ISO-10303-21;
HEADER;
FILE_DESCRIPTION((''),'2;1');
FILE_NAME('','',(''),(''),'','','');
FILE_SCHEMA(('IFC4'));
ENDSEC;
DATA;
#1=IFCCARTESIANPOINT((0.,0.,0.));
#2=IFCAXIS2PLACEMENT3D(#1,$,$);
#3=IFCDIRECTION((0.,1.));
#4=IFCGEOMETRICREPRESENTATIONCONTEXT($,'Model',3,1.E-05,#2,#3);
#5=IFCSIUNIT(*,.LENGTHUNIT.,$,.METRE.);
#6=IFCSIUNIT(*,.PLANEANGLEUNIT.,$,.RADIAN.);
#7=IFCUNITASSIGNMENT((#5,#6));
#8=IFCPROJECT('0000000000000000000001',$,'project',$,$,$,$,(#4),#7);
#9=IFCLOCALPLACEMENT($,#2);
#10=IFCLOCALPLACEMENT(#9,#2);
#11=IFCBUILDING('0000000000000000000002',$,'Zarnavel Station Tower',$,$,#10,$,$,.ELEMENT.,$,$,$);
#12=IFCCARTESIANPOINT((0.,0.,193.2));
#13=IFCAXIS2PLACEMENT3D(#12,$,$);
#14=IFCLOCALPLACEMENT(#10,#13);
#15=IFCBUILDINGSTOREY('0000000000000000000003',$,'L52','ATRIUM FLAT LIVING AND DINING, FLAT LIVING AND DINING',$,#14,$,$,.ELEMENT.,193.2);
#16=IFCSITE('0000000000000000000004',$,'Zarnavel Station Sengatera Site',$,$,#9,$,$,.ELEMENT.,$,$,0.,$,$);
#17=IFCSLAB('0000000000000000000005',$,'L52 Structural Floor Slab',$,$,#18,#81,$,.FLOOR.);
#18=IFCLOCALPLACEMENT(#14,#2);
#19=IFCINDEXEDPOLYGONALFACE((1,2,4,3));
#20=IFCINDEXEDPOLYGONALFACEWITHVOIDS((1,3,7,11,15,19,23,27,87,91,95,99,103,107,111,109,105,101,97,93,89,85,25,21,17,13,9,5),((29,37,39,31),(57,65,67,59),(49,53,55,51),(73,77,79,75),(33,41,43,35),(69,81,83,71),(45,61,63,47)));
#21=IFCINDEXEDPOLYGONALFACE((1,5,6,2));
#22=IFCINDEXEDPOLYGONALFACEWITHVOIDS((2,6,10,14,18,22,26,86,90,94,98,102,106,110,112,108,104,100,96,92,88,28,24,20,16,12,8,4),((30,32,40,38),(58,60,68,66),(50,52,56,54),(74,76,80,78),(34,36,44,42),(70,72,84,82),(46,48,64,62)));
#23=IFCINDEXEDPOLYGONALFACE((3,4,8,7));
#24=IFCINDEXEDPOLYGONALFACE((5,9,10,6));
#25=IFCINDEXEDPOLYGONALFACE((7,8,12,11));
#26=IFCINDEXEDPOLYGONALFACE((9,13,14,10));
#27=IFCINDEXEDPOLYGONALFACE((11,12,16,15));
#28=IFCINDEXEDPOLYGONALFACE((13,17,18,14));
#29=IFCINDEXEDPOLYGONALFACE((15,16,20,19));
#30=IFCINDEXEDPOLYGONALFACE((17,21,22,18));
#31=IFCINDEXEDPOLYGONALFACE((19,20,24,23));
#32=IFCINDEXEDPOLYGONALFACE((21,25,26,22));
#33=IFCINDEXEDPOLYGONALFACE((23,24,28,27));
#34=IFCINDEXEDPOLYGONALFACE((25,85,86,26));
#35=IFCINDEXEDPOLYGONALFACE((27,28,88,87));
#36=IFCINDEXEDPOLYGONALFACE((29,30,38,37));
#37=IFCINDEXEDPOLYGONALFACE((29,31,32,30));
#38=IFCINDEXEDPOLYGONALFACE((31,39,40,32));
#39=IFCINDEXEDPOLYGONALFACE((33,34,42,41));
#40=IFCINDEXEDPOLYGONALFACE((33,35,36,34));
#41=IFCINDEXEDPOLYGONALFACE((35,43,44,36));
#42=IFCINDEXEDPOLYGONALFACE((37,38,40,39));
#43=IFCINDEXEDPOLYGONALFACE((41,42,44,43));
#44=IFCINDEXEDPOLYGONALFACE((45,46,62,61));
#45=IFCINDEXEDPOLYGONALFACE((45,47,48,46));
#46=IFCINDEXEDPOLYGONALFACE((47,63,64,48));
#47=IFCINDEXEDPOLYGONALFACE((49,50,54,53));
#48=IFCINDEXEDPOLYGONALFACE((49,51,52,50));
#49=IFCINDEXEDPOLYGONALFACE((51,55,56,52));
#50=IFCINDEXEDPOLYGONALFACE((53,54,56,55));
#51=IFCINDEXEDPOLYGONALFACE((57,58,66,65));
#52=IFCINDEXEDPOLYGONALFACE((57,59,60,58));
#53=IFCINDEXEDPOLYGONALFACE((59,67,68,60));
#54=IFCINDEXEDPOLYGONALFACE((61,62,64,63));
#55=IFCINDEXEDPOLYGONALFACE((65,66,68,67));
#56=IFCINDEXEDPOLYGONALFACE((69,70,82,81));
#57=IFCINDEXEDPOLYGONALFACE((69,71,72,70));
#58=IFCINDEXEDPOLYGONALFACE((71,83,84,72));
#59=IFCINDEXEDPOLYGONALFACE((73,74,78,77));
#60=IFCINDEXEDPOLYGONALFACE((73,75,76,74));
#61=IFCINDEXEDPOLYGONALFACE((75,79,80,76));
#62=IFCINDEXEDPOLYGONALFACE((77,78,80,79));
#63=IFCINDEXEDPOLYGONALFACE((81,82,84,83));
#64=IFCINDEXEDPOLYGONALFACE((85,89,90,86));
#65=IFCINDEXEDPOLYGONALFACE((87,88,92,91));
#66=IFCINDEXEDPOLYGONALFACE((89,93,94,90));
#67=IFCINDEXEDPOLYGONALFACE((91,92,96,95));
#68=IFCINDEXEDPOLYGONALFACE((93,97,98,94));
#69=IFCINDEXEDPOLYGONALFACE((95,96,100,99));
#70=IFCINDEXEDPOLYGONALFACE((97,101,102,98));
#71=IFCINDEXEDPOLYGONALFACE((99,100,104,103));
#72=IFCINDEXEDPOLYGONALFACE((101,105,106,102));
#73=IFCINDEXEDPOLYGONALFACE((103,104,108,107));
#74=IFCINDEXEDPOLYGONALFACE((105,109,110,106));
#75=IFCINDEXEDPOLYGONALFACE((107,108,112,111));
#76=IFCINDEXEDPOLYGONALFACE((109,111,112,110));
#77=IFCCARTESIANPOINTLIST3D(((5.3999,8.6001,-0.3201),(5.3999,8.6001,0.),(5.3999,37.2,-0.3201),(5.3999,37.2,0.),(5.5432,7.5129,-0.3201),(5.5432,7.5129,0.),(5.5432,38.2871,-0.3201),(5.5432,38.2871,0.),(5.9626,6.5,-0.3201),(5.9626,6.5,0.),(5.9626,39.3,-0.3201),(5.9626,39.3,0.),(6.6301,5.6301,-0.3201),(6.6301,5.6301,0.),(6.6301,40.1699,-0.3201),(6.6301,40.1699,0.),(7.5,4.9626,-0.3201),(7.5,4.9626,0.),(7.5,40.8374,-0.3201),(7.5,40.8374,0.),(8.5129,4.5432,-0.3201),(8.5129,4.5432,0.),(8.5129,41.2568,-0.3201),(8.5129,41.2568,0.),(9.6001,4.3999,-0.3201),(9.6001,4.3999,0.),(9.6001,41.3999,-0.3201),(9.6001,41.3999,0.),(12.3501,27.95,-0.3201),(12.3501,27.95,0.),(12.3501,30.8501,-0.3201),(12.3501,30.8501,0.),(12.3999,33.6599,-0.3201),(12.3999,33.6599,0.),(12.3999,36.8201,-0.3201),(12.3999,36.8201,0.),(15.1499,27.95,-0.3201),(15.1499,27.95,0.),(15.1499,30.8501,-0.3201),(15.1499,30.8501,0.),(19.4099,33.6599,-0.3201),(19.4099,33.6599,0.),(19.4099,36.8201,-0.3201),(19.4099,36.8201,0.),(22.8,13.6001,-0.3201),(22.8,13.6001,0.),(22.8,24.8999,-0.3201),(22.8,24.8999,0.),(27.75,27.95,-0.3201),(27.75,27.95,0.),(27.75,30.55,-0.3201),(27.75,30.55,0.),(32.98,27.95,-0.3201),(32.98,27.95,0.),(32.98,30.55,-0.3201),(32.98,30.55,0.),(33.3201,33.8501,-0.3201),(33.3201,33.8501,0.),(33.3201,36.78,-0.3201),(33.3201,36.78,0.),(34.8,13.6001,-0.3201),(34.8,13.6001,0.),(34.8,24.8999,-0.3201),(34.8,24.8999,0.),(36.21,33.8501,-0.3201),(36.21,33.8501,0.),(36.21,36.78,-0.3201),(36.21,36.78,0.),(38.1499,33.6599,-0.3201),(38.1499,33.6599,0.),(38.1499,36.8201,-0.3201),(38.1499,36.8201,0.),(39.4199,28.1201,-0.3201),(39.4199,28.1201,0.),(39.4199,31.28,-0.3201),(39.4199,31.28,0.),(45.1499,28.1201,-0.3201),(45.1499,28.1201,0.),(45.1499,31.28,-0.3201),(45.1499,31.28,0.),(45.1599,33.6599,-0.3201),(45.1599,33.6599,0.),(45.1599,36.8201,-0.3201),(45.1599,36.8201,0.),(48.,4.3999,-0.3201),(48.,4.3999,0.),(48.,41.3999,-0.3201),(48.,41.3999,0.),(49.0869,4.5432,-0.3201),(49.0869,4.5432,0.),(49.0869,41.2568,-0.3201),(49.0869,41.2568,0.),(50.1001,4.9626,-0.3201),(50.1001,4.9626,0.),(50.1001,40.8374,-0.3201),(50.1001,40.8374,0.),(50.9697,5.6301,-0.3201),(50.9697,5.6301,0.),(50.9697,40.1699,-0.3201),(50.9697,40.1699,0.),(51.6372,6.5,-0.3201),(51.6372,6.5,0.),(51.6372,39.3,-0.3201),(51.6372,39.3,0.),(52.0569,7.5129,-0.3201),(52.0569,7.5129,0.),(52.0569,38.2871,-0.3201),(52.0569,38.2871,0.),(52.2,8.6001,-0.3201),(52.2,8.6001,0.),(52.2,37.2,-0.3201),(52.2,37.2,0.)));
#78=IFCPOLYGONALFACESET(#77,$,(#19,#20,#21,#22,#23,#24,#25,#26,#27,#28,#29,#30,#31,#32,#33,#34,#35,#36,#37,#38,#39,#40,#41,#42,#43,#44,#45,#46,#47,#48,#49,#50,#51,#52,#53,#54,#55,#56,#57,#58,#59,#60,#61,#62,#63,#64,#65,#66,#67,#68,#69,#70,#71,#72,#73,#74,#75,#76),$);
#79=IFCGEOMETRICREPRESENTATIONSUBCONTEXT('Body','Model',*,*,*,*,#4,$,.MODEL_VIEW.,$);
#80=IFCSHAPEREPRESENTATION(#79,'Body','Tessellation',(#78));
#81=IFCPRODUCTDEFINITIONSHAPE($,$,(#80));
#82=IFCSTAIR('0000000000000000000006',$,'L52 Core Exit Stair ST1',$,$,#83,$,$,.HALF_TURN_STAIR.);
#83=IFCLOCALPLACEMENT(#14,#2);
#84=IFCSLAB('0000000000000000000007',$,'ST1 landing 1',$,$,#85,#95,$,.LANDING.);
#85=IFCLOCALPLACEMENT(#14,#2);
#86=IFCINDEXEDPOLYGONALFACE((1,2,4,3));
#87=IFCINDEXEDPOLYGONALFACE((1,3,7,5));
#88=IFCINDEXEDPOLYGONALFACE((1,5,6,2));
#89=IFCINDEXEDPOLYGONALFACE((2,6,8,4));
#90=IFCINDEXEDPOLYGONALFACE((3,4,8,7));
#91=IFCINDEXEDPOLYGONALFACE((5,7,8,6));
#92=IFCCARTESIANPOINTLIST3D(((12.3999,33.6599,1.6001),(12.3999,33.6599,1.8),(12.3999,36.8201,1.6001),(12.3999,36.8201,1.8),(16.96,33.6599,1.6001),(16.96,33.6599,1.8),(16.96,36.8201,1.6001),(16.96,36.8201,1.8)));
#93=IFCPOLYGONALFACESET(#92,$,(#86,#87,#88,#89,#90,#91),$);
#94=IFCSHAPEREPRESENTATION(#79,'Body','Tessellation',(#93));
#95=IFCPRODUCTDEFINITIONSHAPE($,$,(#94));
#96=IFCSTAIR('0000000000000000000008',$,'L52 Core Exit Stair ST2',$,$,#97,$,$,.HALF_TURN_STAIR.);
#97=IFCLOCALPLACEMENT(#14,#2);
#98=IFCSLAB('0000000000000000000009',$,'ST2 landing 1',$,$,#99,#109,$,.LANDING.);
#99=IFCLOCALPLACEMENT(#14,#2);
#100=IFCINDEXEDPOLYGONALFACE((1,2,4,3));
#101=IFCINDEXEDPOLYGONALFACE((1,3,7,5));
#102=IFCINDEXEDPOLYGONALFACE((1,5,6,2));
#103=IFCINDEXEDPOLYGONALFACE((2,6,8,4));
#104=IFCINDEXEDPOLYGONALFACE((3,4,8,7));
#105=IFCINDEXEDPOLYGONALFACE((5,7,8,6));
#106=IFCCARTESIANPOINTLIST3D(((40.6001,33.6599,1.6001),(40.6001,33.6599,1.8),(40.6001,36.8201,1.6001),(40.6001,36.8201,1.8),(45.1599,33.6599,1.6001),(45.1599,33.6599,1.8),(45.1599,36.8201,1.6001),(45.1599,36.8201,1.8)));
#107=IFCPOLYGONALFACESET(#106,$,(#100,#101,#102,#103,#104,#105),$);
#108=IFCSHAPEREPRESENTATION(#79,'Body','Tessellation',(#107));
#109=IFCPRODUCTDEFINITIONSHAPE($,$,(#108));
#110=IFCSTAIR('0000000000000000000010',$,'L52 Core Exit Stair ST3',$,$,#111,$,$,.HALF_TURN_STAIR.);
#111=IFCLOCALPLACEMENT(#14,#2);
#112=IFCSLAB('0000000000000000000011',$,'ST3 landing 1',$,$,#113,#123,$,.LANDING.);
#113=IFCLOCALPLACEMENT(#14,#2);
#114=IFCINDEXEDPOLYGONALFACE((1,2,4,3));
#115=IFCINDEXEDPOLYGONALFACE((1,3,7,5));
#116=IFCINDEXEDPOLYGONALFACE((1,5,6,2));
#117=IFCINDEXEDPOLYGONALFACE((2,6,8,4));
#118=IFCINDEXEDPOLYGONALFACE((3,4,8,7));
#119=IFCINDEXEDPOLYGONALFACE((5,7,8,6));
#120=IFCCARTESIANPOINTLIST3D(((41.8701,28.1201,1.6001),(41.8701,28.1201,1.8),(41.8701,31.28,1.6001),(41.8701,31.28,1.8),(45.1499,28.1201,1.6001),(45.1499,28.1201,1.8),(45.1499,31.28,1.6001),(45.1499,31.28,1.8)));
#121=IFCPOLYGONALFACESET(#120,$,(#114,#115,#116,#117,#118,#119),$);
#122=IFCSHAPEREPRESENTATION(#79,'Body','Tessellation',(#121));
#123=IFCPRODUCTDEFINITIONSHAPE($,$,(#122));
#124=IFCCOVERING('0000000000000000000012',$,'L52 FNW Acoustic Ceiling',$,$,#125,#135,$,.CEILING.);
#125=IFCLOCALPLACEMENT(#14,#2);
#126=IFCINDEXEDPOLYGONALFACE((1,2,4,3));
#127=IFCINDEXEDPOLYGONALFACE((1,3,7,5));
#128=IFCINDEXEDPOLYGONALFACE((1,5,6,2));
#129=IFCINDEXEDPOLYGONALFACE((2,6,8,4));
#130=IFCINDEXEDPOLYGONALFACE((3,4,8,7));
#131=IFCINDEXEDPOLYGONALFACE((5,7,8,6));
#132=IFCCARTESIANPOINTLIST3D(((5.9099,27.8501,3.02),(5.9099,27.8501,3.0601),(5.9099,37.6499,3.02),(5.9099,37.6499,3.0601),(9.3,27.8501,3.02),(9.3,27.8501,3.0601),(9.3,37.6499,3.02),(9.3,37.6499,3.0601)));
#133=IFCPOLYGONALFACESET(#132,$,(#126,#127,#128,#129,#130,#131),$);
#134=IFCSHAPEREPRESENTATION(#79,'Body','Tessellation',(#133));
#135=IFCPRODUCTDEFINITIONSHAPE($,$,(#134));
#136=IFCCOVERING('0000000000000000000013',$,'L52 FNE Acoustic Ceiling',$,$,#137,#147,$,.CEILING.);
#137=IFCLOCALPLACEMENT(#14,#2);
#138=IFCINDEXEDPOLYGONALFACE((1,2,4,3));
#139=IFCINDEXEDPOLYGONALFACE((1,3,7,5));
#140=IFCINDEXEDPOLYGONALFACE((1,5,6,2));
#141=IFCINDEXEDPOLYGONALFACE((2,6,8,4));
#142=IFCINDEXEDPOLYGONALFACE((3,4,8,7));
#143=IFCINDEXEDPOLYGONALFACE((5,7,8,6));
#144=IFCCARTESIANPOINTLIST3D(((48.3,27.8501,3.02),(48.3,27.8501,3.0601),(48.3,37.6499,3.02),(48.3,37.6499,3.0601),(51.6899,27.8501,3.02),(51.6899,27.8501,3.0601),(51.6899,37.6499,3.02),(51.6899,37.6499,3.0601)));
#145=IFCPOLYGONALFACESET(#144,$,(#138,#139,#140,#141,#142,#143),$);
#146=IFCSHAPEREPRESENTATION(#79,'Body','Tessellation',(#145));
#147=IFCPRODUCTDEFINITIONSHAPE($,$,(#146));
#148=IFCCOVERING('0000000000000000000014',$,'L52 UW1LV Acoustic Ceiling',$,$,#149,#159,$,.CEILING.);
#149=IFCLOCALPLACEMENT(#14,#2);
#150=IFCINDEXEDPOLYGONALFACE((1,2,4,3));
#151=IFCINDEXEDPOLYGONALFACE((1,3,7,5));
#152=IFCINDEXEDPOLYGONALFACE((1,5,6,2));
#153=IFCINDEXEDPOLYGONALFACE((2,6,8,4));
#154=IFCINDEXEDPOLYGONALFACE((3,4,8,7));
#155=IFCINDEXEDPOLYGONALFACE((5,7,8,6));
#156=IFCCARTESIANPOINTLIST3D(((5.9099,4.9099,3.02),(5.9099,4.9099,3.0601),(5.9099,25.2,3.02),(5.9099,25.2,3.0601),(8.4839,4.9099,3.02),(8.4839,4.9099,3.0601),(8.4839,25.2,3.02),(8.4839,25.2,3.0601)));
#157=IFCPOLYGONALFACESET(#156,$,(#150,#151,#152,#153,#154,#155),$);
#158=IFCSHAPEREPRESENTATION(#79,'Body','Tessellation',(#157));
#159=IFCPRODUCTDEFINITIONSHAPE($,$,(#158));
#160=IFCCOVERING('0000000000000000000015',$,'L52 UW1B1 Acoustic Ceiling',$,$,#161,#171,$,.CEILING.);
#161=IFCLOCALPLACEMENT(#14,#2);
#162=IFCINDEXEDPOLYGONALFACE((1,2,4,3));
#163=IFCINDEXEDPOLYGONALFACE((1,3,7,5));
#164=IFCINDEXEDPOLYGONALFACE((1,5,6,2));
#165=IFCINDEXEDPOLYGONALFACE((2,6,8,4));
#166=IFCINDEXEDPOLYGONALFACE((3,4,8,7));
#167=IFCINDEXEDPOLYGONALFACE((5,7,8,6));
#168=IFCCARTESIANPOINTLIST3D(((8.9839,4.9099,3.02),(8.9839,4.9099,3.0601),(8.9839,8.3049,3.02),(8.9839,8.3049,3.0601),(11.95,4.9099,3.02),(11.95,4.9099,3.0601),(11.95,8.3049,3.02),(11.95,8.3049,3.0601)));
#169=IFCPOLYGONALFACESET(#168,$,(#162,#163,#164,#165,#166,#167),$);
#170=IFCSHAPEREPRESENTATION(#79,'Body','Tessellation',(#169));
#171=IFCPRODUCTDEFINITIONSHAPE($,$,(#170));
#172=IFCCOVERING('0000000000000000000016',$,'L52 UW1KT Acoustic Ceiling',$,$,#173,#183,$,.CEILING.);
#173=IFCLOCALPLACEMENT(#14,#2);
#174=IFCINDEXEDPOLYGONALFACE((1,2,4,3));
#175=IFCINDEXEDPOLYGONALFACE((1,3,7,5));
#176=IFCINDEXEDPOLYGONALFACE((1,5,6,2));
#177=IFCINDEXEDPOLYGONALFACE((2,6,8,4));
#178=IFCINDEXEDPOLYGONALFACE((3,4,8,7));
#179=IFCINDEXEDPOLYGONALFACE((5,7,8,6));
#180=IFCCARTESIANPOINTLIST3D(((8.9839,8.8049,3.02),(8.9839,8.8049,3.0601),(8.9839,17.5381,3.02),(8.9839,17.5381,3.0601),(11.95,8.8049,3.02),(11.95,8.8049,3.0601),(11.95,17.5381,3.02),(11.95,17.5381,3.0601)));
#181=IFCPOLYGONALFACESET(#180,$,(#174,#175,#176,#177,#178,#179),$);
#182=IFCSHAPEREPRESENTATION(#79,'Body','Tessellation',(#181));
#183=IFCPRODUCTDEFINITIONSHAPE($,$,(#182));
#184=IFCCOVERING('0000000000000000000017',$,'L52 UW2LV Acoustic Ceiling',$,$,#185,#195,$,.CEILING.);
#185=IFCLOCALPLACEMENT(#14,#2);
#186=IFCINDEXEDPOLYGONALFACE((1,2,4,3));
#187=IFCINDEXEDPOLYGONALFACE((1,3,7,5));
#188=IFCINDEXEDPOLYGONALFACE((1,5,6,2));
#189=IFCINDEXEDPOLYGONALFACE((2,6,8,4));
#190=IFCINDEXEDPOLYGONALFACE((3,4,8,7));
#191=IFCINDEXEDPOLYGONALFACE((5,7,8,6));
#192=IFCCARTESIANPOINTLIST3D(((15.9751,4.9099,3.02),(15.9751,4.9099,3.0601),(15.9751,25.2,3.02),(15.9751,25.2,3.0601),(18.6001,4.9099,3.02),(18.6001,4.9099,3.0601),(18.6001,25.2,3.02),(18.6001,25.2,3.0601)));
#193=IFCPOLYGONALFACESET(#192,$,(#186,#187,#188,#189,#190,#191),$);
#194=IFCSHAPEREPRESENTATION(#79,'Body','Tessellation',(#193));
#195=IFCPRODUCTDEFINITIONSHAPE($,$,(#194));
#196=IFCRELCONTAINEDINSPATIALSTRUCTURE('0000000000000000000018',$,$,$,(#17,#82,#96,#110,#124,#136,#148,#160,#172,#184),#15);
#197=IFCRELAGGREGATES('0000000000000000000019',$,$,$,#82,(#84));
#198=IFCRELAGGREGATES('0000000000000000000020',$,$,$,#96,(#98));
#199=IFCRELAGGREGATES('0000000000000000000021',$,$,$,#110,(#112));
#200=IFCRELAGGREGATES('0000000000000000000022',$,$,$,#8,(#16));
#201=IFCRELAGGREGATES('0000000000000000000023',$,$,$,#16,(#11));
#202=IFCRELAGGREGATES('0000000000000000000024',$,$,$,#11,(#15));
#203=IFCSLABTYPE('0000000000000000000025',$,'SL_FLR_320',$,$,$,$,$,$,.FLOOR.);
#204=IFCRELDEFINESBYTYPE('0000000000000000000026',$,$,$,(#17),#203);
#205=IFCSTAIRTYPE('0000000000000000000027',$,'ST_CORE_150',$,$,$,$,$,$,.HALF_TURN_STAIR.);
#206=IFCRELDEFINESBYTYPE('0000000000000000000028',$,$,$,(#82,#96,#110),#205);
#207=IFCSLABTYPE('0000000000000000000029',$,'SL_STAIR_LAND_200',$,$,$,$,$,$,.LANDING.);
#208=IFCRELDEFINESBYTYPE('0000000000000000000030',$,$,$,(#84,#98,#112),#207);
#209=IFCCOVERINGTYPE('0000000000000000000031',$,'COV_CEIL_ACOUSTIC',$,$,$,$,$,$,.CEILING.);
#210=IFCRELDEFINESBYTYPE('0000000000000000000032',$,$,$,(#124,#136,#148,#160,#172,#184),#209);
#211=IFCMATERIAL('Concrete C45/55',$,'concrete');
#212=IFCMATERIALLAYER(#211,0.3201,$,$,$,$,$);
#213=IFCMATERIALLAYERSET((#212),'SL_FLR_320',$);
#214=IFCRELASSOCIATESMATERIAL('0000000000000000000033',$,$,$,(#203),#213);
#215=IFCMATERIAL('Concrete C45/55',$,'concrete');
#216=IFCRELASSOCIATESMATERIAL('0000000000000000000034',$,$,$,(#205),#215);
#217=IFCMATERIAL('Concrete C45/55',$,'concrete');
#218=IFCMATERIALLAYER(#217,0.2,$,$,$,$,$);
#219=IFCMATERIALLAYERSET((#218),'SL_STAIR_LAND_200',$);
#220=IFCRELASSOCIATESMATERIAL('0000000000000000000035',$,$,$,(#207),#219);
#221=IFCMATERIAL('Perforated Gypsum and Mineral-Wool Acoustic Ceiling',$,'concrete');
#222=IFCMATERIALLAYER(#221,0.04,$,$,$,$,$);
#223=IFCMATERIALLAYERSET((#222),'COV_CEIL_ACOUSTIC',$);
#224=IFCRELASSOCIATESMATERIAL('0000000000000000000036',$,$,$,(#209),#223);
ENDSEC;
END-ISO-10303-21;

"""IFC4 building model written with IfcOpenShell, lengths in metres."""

from ifc_helpers import new_model, si_unit, direction, frame, origin, place, context, subcontext, project, spatial, polyline, outline, extrude, material, layer, layer_set, type_object, element, aggregate, save


model = new_model("IFC4")

# Units and contexts
model_context = context("Model", 3, precision=1e-05, world=origin(), true_north=direction((0.0, 1.0)))
body_context = subcontext(model_context, "Body", "Model", "MODEL_VIEW")
ifc_project = project(units=[si_unit("LENGTHUNIT", "METRE"), si_unit("PLANEANGLEUNIT", "RADIAN")], contexts=[model_context])

# Site, building, storey
site_placement = place(None, origin())
site = spatial("IfcSite", under=ifc_project, at=site_placement, Name="Zarnavel Station Sengatera Site", CompositionType="ELEMENT", RefElevation=0.0)
building_placement = place(site_placement, origin())
building = spatial("IfcBuilding", under=site, at=building_placement, Name="Zarnavel Station Tower", CompositionType="ELEMENT")
storey_placement = place(building_placement, frame((0.0, 0.0, 193.2)))
storey = spatial("IfcBuildingStorey", under=building, at=storey_placement, Name="L52", Description="ATRIUM FLAT LIVING AND DINING, FLAT LIVING AND DINING", CompositionType="ELEMENT", Elevation=193.2)

# Slab
ifc_material_1 = material(Name="Concrete C45/55", Category="concrete")
ifc_layer_1 = layer(ifc_material_1, 0.3201)
ifc_layer_set_1 = layer_set([ifc_layer_1], Name="SL_FLR_320")
slab_type_1 = type_object("IfcSlabType", Name="SL_FLR_320", PredefinedType="FLOOR", material=ifc_layer_set_1)
slab_1_placement = place(storey_placement, frame((0.0, 0.0, -0.3201)))
element("IfcSlab", 1, at=slab_1_placement, inside=storey, type_object=slab_type_1, Name="L52 Structural Floor Slab", PredefinedType="FLOOR", context=body_context, shape_type="SweptSolid", body=[
    extrude(outline(polyline([(48.0, 4.3999), (49.0869, 4.5432), (50.1001, 4.9626), (50.9697, 5.6301), (51.6372, 6.5), (52.0569, 7.5129), (52.2, 8.6001), (52.2, 37.2), (52.0569, 38.2871), (51.6372, 39.3), (50.9697, 40.1699), (50.1001, 40.8374), (49.0869, 41.2568), (48.0, 41.3999), (9.6001, 41.3999), (8.5129, 41.2568), (7.5, 40.8374), (6.6301, 40.1699), (5.9626, 39.3), (5.5432, 38.2871), (5.3999, 37.2), (5.3999, 8.6001), (5.5432, 7.5129), (5.9626, 6.5), (6.6301, 5.6301), (7.5, 4.9626), (8.5129, 4.5432), (9.6001, 4.3999), (48.0, 4.3999)]), holes=[polyline([(12.3999, 33.6599), (19.4099, 33.6599), (19.4099, 36.8201), (12.3999, 36.8201), (12.3999, 33.6599)]), polyline([(38.1499, 33.6599), (45.1599, 33.6599), (45.1599, 36.8201), (38.1499, 36.8201), (38.1499, 33.6599)]), polyline([(39.4199, 28.1201), (45.1499, 28.1201), (45.1499, 31.28), (39.4199, 31.28), (39.4199, 28.1201)]), polyline([(12.3501, 27.95), (15.1499, 27.95), (15.1499, 30.8501), (12.3501, 30.8501), (12.3501, 27.95)]), polyline([(33.3201, 33.8501), (36.21, 33.8501), (36.21, 36.78), (33.3201, 36.78), (33.3201, 33.8501)]), polyline([(27.75, 27.95), (32.98, 27.95), (32.98, 30.55), (27.75, 30.55), (27.75, 27.95)]), polyline([(22.8, 13.6001), (34.8, 13.6001), (34.8, 24.8999), (22.8, 24.8999), (22.8, 13.6001)])]), origin(), (0.0, 0.0, 1.0), 0.3201),
])

# Stairs, slabs
ifc_material_2 = material(Name="Concrete C45/55", Category="concrete")
stair_type = type_object("IfcStairType", Name="ST_CORE_150", PredefinedType="HALF_TURN_STAIR", material=ifc_material_2)
stair_1_placement = place(storey_placement, origin())
stair_1 = element("IfcStair", 2, at=stair_1_placement, inside=storey, type_object=stair_type, Name="L52 Core Exit Stair ST1", PredefinedType="HALF_TURN_STAIR")
ifc_material_3 = material(Name="Concrete C45/55", Category="concrete")
ifc_layer_2 = layer(ifc_material_3, 0.2)
ifc_layer_set_2 = layer_set([ifc_layer_2], Name="SL_STAIR_LAND_200")
slab_type_2 = type_object("IfcSlabType", Name="SL_STAIR_LAND_200", PredefinedType="LANDING", material=ifc_layer_set_2)
slab_2_placement = place(storey_placement, frame((0.0, 0.0, 1.6001)))
slab_2 = element("IfcSlab", 3, at=slab_2_placement, type_object=slab_type_2, Name="ST1 landing 1", PredefinedType="LANDING", context=body_context, shape_type="SweptSolid", body=[
    extrude(outline(polyline([(16.96, 36.8201), (12.3999, 36.8201), (12.3999, 33.6599), (16.96, 33.6599), (16.96, 36.8201)])), origin(), (0.0, 0.0, 1.0), 0.2),
])
aggregate(stair_1, [slab_2])
stair_2_placement = place(storey_placement, origin())
stair_2 = element("IfcStair", 4, at=stair_2_placement, inside=storey, type_object=stair_type, Name="L52 Core Exit Stair ST2", PredefinedType="HALF_TURN_STAIR")
slab_3_placement = place(storey_placement, frame((0.0, 0.0, 1.6001)))
slab_3 = element("IfcSlab", 5, at=slab_3_placement, type_object=slab_type_2, Name="ST2 landing 1", PredefinedType="LANDING", context=body_context, shape_type="SweptSolid", body=[
    extrude(outline(polyline([(40.6001, 33.6599), (45.1599, 33.6599), (45.1599, 36.8201), (40.6001, 36.8201), (40.6001, 33.6599)])), origin(), (0.0, 0.0, 1.0), 0.2),
])
aggregate(stair_2, [slab_3])
stair_3_placement = place(storey_placement, origin())
stair_3 = element("IfcStair", 6, at=stair_3_placement, inside=storey, type_object=stair_type, Name="L52 Core Exit Stair ST3", PredefinedType="HALF_TURN_STAIR")
slab_4_placement = place(storey_placement, frame((0.0, 0.0, 1.6001)))
slab_4 = element("IfcSlab", 7, at=slab_4_placement, type_object=slab_type_2, Name="ST3 landing 1", PredefinedType="LANDING", context=body_context, shape_type="SweptSolid", body=[
    extrude(outline(polyline([(41.8701, 28.1201), (45.1499, 28.1201), (45.1499, 31.28), (41.8701, 31.28), (41.8701, 28.1201)])), origin(), (0.0, 0.0, 1.0), 0.2),
])
aggregate(stair_3, [slab_4])

# Coverings
ifc_material_4 = material(Name="Perforated Gypsum and Mineral-Wool Acoustic Ceiling", Category="concrete")
ifc_layer_3 = layer(ifc_material_4, 0.04)
ifc_layer_set_3 = layer_set([ifc_layer_3], Name="COV_CEIL_ACOUSTIC")
covering_type_1 = type_object("IfcCoveringType", Name="COV_CEIL_ACOUSTIC", PredefinedType="CEILING", material=ifc_layer_set_3)
covering_1_placement = place(storey_placement, frame((0.0, 0.0, 3.02)))
element("IfcCovering", 8, at=covering_1_placement, inside=storey, type_object=covering_type_1, Name="L52 FNW Acoustic Ceiling", PredefinedType="CEILING", context=body_context, shape_type="SweptSolid", body=[
    extrude(outline(polyline([(5.9099, 27.8501), (9.3, 27.8501), (9.3, 37.6499), (5.9099, 37.6499), (5.9099, 27.8501)])), origin(), (0.0, 0.0, 1.0), 0.04),
])
covering_2_placement = place(storey_placement, frame((0.0, 0.0, 3.02)))
element("IfcCovering", 9, at=covering_2_placement, inside=storey, type_object=covering_type_1, Name="L52 FNE Acoustic Ceiling", PredefinedType="CEILING", context=body_context, shape_type="SweptSolid", body=[
    extrude(outline(polyline([(48.3, 27.8501), (51.6899, 27.8501), (51.6899, 37.6499), (48.3, 37.6499), (48.3, 27.8501)])), origin(), (0.0, 0.0, 1.0), 0.04),
])
covering_3_placement = place(storey_placement, frame((0.0, 0.0, 3.02)))
element("IfcCovering", 10, at=covering_3_placement, inside=storey, type_object=covering_type_1, Name="L52 UW1LV Acoustic Ceiling", PredefinedType="CEILING", context=body_context, shape_type="SweptSolid", body=[
    extrude(outline(polyline([(5.9099, 4.9099), (8.4839, 4.9099), (8.4839, 25.2), (5.9099, 25.2), (5.9099, 4.9099)])), origin(), (0.0, 0.0, 1.0), 0.04),
])
covering_4_placement = place(storey_placement, frame((0.0, 0.0, 3.02)))
element("IfcCovering", 11, at=covering_4_placement, inside=storey, type_object=covering_type_1, Name="L52 UW1B1 Acoustic Ceiling", PredefinedType="CEILING", context=body_context, shape_type="SweptSolid", body=[
    extrude(outline(polyline([(8.9839, 4.9099), (11.95, 4.9099), (11.95, 8.3049), (8.9839, 8.3049), (8.9839, 4.9099)])), origin(), (0.0, 0.0, 1.0), 0.04),
])
covering_5_placement = place(storey_placement, frame((0.0, 0.0, 3.02)))
element("IfcCovering", 12, at=covering_5_placement, inside=storey, type_object=covering_type_1, Name="L52 UW1KT Acoustic Ceiling", PredefinedType="CEILING", context=body_context, shape_type="SweptSolid", body=[
    extrude(outline(polyline([(8.9839, 8.8049), (11.95, 8.8049), (11.95, 17.5381), (8.9839, 17.5381), (8.9839, 8.8049)])), origin(), (0.0, 0.0, 1.0), 0.04),
])
covering_6_placement = place(storey_placement, frame((0.0, 0.0, 3.02)))
element("IfcCovering", 13, at=covering_6_placement, inside=storey, type_object=covering_type_1, Name="L52 UW2LV Acoustic Ceiling", PredefinedType="CEILING", context=body_context, shape_type="SweptSolid", body=[
    extrude(outline(polyline([(15.9751, 4.9099), (18.6001, 4.9099), (18.6001, 25.2), (15.9751, 25.2), (15.9751, 4.9099)])), origin(), (0.0, 0.0, 1.0), 0.04),
])

save(model, "model.ifc")
